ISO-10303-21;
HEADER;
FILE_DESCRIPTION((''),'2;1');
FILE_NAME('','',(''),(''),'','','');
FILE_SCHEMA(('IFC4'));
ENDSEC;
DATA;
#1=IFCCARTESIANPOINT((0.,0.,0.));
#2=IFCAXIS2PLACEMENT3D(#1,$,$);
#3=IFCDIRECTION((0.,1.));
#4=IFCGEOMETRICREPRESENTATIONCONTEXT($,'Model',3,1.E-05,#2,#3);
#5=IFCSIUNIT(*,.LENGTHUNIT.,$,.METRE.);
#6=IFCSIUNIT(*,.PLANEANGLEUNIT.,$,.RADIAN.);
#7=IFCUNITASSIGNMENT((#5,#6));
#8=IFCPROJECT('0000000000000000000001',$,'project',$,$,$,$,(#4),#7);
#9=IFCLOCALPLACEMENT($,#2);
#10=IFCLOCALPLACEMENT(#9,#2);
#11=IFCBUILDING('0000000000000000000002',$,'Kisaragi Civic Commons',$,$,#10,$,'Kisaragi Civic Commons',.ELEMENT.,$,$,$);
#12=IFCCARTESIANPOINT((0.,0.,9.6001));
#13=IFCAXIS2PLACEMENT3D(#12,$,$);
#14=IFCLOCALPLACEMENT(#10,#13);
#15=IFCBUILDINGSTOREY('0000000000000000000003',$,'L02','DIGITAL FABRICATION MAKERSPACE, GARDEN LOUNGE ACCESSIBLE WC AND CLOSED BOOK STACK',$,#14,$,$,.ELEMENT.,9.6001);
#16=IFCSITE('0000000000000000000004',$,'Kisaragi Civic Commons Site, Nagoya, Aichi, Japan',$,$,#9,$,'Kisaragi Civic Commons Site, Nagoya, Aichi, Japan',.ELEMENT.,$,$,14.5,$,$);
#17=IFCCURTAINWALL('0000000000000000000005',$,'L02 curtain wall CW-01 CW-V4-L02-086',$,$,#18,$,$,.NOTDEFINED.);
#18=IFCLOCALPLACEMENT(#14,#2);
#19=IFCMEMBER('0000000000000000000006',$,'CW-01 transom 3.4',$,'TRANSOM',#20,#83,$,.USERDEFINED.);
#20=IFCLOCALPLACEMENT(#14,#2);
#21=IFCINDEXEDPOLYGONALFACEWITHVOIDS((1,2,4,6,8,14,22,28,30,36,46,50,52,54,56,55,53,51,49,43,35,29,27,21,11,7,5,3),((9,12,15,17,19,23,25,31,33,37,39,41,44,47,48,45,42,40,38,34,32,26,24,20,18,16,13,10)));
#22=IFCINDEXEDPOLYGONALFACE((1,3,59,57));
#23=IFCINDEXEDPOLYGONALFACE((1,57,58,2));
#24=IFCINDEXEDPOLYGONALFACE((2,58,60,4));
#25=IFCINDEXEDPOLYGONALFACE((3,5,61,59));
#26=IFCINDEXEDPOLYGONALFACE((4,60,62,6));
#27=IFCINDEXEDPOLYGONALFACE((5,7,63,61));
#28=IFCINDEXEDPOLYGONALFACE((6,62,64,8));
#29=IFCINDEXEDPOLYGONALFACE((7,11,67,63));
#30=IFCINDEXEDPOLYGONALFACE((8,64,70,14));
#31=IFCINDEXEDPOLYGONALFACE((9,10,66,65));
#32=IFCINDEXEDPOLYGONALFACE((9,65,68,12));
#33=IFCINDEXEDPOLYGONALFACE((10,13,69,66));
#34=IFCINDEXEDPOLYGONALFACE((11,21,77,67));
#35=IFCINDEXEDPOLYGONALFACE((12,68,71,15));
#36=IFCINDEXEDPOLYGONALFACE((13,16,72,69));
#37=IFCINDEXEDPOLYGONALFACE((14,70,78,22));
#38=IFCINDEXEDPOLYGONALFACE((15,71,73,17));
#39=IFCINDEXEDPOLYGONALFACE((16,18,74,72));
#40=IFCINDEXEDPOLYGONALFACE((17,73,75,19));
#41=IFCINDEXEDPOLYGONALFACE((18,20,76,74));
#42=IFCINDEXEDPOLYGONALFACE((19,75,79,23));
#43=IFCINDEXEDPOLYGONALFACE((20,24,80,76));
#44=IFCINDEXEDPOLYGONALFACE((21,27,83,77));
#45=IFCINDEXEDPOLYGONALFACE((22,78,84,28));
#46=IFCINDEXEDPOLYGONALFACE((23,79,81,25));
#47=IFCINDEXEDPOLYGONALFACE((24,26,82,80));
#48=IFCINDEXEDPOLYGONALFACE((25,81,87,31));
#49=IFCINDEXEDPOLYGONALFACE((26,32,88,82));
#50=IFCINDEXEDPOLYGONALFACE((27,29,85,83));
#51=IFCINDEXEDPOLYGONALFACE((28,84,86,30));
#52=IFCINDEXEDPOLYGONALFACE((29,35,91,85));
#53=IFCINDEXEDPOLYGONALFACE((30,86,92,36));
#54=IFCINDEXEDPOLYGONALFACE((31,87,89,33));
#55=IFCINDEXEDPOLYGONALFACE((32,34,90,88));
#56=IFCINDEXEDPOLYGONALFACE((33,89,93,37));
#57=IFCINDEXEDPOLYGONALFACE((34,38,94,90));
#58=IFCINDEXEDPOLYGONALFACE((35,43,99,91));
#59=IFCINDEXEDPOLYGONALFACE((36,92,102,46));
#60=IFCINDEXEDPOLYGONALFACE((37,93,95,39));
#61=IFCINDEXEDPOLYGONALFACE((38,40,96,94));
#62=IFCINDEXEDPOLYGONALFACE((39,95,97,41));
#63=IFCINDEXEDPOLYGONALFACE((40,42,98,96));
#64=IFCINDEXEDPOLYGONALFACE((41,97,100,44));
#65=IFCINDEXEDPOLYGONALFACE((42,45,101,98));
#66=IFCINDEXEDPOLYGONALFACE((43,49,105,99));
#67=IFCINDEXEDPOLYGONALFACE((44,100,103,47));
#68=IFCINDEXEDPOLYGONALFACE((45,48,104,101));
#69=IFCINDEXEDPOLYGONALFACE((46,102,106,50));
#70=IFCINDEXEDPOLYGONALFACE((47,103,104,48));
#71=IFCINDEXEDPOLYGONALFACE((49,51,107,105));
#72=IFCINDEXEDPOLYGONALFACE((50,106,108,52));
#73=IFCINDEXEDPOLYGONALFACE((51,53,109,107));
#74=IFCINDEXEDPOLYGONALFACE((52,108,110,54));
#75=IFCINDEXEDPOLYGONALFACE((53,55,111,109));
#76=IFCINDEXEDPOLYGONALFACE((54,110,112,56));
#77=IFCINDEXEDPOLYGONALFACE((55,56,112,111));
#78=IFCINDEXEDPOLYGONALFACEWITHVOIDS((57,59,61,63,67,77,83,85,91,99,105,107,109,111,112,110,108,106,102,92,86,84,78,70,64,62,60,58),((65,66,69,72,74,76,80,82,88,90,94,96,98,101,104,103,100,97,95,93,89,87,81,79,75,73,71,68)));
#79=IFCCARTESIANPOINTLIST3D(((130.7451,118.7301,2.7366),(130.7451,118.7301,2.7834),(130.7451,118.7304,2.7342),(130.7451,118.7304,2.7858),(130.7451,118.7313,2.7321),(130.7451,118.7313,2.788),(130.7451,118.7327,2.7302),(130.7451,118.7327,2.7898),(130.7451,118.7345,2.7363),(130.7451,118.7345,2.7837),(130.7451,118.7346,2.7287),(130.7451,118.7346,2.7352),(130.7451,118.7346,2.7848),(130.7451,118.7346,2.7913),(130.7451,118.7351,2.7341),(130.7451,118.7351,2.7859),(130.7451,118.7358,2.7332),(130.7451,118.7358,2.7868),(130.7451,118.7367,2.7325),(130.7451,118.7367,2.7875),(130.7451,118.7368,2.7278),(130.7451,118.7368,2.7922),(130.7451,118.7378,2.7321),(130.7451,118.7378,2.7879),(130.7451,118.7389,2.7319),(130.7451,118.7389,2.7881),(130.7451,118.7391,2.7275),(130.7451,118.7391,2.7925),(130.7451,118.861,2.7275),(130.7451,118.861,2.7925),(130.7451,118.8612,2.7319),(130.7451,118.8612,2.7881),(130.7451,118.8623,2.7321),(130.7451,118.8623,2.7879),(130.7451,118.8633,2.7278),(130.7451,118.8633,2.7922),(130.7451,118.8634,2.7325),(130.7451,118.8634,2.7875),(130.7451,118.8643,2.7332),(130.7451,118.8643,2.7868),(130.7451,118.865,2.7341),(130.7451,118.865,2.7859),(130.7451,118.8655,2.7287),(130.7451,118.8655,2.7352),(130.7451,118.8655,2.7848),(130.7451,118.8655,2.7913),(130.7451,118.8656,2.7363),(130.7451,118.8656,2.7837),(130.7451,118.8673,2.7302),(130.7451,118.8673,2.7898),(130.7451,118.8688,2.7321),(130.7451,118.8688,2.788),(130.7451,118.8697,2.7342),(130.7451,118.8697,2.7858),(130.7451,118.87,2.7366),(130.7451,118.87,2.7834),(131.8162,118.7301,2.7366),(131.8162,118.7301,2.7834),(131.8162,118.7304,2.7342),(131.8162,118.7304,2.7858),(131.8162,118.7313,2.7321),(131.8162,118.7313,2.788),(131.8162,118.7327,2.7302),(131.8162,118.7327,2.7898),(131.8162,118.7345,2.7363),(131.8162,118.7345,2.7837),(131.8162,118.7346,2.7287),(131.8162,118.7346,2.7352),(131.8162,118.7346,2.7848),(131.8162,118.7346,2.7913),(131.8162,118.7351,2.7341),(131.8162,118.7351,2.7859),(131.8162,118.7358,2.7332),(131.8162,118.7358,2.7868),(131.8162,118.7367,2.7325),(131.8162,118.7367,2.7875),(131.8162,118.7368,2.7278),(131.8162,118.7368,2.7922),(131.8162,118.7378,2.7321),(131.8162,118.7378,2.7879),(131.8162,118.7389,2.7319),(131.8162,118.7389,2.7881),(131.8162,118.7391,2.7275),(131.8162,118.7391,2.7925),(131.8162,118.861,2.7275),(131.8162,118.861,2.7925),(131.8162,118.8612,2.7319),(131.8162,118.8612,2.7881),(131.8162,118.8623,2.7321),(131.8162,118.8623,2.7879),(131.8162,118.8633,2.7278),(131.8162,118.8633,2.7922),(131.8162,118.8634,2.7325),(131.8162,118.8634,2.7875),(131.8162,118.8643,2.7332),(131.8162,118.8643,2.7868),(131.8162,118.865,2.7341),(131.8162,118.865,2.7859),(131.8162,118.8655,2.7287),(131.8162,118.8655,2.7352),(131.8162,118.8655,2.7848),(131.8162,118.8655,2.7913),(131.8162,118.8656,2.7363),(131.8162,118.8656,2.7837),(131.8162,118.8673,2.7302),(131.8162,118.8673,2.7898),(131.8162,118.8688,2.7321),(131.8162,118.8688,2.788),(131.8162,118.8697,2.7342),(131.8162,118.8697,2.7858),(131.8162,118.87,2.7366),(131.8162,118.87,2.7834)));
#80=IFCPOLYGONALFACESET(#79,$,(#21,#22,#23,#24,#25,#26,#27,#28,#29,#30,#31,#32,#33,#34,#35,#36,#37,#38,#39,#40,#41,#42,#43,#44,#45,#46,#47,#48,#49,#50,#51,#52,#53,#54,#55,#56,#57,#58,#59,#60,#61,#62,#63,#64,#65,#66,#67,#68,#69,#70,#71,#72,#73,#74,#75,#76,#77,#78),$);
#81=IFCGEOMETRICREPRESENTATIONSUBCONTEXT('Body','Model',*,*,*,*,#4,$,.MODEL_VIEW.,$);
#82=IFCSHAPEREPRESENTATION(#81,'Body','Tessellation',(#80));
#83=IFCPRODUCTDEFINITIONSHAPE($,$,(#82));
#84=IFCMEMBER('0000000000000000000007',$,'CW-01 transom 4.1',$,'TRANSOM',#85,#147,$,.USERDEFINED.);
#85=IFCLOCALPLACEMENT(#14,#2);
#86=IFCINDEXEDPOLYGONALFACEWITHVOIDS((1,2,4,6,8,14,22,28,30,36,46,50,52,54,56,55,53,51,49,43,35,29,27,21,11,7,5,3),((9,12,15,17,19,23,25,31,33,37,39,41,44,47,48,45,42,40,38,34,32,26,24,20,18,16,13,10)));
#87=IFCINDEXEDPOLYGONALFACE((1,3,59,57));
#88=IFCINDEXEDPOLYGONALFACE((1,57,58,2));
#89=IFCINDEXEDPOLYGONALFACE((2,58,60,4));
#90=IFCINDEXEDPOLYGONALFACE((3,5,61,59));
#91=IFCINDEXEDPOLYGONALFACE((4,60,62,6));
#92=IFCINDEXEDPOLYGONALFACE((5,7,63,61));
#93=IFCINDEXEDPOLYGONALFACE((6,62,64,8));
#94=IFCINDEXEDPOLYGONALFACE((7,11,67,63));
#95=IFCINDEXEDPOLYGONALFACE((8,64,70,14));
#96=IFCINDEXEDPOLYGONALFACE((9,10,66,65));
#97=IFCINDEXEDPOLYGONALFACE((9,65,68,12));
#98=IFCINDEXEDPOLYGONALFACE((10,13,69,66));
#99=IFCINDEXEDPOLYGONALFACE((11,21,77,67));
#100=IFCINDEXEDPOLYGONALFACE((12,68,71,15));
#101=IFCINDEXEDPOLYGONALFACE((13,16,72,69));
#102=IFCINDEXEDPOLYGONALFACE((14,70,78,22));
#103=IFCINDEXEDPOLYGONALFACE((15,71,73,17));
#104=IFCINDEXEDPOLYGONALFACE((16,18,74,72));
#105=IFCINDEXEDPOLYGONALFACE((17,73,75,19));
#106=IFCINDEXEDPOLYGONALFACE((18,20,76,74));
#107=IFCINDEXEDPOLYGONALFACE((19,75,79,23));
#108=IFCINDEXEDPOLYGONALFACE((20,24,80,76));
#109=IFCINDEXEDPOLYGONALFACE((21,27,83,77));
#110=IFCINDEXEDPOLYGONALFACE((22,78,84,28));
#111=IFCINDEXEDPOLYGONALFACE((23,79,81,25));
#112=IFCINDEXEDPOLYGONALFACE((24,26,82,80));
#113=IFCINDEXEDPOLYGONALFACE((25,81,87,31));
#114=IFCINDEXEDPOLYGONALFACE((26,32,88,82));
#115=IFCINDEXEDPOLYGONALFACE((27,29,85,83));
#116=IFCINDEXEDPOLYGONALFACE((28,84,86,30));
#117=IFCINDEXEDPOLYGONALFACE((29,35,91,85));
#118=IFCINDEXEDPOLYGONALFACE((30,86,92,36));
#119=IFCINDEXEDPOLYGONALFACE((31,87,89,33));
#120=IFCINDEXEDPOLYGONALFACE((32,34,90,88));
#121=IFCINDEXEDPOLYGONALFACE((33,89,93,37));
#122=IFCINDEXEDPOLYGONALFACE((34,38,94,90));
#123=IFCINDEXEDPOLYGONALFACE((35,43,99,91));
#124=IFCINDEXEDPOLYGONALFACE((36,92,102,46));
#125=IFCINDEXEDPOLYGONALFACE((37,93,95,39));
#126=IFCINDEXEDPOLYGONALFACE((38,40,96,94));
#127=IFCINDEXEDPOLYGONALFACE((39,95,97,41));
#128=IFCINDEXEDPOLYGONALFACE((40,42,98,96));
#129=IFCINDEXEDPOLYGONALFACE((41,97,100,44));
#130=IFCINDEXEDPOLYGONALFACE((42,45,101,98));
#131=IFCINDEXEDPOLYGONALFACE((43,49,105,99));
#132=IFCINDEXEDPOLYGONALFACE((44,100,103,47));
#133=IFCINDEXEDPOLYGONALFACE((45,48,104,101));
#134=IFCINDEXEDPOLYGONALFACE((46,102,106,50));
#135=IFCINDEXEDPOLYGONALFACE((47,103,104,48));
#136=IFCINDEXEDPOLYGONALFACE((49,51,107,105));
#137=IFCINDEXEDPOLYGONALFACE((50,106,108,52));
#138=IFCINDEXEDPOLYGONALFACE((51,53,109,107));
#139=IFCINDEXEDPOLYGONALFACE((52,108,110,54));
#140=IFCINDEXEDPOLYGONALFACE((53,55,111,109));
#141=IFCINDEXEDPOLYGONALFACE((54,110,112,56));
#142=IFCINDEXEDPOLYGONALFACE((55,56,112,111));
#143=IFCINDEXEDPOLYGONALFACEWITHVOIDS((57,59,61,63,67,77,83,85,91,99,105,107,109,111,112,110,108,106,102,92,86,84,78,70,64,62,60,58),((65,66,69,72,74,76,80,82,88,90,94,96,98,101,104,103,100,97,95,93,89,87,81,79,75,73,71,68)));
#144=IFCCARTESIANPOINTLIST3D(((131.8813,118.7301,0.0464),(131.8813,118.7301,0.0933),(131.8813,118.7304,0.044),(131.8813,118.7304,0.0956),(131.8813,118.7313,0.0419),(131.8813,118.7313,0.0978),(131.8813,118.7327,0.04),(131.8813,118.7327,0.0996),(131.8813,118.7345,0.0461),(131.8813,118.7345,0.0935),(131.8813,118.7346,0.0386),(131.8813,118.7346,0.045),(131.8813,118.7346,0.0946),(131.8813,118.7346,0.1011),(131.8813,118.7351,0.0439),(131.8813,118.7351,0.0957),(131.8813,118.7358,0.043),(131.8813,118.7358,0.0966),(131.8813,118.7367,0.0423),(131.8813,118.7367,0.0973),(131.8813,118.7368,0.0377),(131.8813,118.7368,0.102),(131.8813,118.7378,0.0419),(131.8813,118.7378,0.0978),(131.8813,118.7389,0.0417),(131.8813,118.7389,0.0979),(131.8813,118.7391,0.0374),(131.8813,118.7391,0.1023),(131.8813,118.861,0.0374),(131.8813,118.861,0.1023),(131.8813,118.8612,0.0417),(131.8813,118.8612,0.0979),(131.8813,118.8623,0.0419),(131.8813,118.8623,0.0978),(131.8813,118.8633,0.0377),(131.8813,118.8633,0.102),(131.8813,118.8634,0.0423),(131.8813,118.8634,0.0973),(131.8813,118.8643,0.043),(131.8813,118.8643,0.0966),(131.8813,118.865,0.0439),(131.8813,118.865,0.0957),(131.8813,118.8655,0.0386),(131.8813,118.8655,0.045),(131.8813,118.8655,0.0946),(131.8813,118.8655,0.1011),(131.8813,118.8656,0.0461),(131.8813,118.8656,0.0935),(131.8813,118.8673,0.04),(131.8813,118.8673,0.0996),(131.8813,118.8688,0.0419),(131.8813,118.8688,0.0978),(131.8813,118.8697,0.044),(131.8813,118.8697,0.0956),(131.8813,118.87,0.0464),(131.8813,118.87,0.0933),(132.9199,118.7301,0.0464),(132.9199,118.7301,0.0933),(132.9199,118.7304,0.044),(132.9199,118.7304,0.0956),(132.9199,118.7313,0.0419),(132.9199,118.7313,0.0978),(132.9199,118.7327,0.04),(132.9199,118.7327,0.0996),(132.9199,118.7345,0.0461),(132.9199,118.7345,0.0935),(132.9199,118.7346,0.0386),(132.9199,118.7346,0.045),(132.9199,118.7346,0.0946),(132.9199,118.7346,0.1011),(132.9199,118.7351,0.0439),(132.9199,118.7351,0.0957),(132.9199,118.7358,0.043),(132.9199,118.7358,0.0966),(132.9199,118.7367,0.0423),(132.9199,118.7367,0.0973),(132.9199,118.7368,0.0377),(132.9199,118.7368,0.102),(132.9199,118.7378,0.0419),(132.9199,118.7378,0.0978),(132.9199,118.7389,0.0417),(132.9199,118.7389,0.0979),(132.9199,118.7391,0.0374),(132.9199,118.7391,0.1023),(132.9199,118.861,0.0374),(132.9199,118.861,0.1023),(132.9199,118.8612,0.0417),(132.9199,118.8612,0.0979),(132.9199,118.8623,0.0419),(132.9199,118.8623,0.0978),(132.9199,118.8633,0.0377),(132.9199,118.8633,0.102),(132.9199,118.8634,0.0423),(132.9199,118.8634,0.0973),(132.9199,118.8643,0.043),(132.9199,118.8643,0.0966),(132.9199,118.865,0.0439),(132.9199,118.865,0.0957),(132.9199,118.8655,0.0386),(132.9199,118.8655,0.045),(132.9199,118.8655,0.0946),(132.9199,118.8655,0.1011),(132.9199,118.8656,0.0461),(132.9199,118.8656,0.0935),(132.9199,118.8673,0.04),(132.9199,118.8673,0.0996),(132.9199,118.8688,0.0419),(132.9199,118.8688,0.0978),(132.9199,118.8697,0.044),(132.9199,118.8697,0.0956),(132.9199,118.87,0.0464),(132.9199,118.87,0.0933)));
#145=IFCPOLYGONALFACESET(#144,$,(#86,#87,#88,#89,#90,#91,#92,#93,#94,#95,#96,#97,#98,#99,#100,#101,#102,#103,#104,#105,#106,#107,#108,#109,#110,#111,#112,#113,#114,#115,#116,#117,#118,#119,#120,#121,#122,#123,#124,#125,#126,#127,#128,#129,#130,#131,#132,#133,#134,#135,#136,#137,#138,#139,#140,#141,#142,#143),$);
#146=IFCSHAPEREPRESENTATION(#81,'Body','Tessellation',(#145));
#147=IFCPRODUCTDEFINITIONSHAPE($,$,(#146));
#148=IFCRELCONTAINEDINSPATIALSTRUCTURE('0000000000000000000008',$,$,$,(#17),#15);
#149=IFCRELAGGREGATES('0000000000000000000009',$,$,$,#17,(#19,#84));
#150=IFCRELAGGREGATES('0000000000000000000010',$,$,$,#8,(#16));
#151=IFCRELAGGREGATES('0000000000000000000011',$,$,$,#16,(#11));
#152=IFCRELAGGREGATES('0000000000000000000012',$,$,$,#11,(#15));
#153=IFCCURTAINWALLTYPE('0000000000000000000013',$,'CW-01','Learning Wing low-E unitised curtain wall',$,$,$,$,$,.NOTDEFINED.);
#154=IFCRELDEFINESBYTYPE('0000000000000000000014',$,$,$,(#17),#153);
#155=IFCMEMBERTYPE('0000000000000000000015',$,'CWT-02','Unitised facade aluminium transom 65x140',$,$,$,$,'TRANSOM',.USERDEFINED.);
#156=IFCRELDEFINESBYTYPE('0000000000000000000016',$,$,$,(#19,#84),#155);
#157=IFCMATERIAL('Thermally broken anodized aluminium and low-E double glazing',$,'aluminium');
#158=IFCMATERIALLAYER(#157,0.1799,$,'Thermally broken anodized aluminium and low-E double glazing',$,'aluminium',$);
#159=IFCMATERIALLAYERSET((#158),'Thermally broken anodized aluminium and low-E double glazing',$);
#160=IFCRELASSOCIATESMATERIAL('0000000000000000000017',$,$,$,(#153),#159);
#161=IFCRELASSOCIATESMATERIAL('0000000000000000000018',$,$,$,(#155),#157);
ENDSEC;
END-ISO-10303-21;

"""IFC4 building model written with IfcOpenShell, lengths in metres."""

from ifc_helpers import new_model, si_unit, direction, frame, origin, origin_2d, place, context, subcontext, project, spatial, hollow_rectangle, extrude, material, layer, layer_set, material_profile, profile_set, type_object, element, aggregate, save


model = new_model("IFC4")

# Units and contexts
model_context = context("Model", 3, precision=1e-05, world=origin(), true_north=direction((0.0, 1.0)))
body_context = subcontext(model_context, "Body", "Model", "MODEL_VIEW")
ifc_project = project(units=[si_unit("LENGTHUNIT", "METRE"), si_unit("PLANEANGLEUNIT", "RADIAN")], contexts=[model_context])

# Site, building, storey
site_placement = place(None, origin())
site = spatial("IfcSite", under=ifc_project, at=site_placement, Name="Kisaragi Civic Commons Site, Nagoya, Aichi, Japan", LongName="Kisaragi Civic Commons Site, Nagoya, Aichi, Japan", CompositionType="ELEMENT", RefElevation=14.5)
building_placement = place(site_placement, origin())
building = spatial("IfcBuilding", under=site, at=building_placement, Name="Kisaragi Civic Commons", LongName="Kisaragi Civic Commons", CompositionType="ELEMENT")
storey_placement = place(building_placement, frame((0.0, 0.0, 9.6001)))
storey = spatial("IfcBuildingStorey", under=building, at=storey_placement, Name="L02", Description="DIGITAL FABRICATION MAKERSPACE, GARDEN LOUNGE ACCESSIBLE WC AND CLOSED BOOK STACK", CompositionType="ELEMENT", Elevation=9.6001)

# Curtain wall
ifc_material_1 = material(Name="Thermally broken anodized aluminium and low-E double glazing", Category="aluminium")
ifc_layer_1 = layer(ifc_material_1, 0.1799, Name="Thermally broken anodized aluminium and low-E double glazing", Category="aluminium")
ifc_layer_set_1 = layer_set([ifc_layer_1], Name="Thermally broken anodized aluminium and low-E double glazing")
curtain_wall_type = type_object("IfcCurtainWallType", Name="CW-01", Description="Learning Wing low-E unitised curtain wall", PredefinedType="NOTDEFINED", material=ifc_layer_set_1)
curtain_wall_1_placement = place(storey_placement, origin())
curtain_wall_1 = element("IfcCurtainWall", 1, at=curtain_wall_1_placement, inside=storey, type_object=curtain_wall_type, Name="L02 curtain wall CW-01 CW-V4-L02-086", PredefinedType="NOTDEFINED")

# Members
ifc_material_profile_1 = material_profile(ifc_material_1, hollow_rectangle(XDim=0.1399, YDim=0.0649, WallThickness=0.0044, InnerFilletRadius=0.0044, OuterFilletRadius=0.009, at=origin_2d()), Name="CWT-65x140x4.5", Category="aluminium")
ifc_profile_set_1 = profile_set([ifc_material_profile_1], Name="Thermally broken anodized aluminium and low-E double glazing")
member_type_1 = type_object("IfcMemberType", Name="CWT-02", Description="Unitised facade aluminium transom 65x140", ElementType="TRANSOM", PredefinedType="USERDEFINED", material=ifc_profile_set_1)
member_1_placement = place(storey_placement, frame((130.7451, 118.8, 2.76), z_axis=(1.0, 0.0, 0.0), x_axis=(0.0, 1.0, 0.0)))
member_1 = element("IfcMember", 2, at=member_1_placement, type_object=member_type_1, Name="CW-01 transom 3.4", ObjectType="TRANSOM", PredefinedType="USERDEFINED", context=body_context, shape_type="SweptSolid", body=[
    extrude(hollow_rectangle(XDim=0.1399, YDim=0.0649, WallThickness=0.0044, InnerFilletRadius=0.0044, OuterFilletRadius=0.009, at=origin_2d()), origin(), (0.0, 0.0, 1.0), 1.071),
])
member_2_placement = place(storey_placement, frame((131.8813, 118.8, 0.0698), z_axis=(1.0, 0.0, 0.0), x_axis=(0.0, 1.0, 0.0)))
member_2 = element("IfcMember", 3, at=member_2_placement, type_object=member_type_1, Name="CW-01 transom 4.1", ObjectType="TRANSOM", PredefinedType="USERDEFINED", context=body_context, shape_type="SweptSolid", body=[
    extrude(hollow_rectangle(XDim=0.1399, YDim=0.0649, WallThickness=0.0044, InnerFilletRadius=0.0044, OuterFilletRadius=0.009, at=origin_2d()), origin(), (0.0, 0.0, 1.0), 1.0386),
])

aggregate(curtain_wall_1, [member_1, member_2])

save(model, "model.ifc")
